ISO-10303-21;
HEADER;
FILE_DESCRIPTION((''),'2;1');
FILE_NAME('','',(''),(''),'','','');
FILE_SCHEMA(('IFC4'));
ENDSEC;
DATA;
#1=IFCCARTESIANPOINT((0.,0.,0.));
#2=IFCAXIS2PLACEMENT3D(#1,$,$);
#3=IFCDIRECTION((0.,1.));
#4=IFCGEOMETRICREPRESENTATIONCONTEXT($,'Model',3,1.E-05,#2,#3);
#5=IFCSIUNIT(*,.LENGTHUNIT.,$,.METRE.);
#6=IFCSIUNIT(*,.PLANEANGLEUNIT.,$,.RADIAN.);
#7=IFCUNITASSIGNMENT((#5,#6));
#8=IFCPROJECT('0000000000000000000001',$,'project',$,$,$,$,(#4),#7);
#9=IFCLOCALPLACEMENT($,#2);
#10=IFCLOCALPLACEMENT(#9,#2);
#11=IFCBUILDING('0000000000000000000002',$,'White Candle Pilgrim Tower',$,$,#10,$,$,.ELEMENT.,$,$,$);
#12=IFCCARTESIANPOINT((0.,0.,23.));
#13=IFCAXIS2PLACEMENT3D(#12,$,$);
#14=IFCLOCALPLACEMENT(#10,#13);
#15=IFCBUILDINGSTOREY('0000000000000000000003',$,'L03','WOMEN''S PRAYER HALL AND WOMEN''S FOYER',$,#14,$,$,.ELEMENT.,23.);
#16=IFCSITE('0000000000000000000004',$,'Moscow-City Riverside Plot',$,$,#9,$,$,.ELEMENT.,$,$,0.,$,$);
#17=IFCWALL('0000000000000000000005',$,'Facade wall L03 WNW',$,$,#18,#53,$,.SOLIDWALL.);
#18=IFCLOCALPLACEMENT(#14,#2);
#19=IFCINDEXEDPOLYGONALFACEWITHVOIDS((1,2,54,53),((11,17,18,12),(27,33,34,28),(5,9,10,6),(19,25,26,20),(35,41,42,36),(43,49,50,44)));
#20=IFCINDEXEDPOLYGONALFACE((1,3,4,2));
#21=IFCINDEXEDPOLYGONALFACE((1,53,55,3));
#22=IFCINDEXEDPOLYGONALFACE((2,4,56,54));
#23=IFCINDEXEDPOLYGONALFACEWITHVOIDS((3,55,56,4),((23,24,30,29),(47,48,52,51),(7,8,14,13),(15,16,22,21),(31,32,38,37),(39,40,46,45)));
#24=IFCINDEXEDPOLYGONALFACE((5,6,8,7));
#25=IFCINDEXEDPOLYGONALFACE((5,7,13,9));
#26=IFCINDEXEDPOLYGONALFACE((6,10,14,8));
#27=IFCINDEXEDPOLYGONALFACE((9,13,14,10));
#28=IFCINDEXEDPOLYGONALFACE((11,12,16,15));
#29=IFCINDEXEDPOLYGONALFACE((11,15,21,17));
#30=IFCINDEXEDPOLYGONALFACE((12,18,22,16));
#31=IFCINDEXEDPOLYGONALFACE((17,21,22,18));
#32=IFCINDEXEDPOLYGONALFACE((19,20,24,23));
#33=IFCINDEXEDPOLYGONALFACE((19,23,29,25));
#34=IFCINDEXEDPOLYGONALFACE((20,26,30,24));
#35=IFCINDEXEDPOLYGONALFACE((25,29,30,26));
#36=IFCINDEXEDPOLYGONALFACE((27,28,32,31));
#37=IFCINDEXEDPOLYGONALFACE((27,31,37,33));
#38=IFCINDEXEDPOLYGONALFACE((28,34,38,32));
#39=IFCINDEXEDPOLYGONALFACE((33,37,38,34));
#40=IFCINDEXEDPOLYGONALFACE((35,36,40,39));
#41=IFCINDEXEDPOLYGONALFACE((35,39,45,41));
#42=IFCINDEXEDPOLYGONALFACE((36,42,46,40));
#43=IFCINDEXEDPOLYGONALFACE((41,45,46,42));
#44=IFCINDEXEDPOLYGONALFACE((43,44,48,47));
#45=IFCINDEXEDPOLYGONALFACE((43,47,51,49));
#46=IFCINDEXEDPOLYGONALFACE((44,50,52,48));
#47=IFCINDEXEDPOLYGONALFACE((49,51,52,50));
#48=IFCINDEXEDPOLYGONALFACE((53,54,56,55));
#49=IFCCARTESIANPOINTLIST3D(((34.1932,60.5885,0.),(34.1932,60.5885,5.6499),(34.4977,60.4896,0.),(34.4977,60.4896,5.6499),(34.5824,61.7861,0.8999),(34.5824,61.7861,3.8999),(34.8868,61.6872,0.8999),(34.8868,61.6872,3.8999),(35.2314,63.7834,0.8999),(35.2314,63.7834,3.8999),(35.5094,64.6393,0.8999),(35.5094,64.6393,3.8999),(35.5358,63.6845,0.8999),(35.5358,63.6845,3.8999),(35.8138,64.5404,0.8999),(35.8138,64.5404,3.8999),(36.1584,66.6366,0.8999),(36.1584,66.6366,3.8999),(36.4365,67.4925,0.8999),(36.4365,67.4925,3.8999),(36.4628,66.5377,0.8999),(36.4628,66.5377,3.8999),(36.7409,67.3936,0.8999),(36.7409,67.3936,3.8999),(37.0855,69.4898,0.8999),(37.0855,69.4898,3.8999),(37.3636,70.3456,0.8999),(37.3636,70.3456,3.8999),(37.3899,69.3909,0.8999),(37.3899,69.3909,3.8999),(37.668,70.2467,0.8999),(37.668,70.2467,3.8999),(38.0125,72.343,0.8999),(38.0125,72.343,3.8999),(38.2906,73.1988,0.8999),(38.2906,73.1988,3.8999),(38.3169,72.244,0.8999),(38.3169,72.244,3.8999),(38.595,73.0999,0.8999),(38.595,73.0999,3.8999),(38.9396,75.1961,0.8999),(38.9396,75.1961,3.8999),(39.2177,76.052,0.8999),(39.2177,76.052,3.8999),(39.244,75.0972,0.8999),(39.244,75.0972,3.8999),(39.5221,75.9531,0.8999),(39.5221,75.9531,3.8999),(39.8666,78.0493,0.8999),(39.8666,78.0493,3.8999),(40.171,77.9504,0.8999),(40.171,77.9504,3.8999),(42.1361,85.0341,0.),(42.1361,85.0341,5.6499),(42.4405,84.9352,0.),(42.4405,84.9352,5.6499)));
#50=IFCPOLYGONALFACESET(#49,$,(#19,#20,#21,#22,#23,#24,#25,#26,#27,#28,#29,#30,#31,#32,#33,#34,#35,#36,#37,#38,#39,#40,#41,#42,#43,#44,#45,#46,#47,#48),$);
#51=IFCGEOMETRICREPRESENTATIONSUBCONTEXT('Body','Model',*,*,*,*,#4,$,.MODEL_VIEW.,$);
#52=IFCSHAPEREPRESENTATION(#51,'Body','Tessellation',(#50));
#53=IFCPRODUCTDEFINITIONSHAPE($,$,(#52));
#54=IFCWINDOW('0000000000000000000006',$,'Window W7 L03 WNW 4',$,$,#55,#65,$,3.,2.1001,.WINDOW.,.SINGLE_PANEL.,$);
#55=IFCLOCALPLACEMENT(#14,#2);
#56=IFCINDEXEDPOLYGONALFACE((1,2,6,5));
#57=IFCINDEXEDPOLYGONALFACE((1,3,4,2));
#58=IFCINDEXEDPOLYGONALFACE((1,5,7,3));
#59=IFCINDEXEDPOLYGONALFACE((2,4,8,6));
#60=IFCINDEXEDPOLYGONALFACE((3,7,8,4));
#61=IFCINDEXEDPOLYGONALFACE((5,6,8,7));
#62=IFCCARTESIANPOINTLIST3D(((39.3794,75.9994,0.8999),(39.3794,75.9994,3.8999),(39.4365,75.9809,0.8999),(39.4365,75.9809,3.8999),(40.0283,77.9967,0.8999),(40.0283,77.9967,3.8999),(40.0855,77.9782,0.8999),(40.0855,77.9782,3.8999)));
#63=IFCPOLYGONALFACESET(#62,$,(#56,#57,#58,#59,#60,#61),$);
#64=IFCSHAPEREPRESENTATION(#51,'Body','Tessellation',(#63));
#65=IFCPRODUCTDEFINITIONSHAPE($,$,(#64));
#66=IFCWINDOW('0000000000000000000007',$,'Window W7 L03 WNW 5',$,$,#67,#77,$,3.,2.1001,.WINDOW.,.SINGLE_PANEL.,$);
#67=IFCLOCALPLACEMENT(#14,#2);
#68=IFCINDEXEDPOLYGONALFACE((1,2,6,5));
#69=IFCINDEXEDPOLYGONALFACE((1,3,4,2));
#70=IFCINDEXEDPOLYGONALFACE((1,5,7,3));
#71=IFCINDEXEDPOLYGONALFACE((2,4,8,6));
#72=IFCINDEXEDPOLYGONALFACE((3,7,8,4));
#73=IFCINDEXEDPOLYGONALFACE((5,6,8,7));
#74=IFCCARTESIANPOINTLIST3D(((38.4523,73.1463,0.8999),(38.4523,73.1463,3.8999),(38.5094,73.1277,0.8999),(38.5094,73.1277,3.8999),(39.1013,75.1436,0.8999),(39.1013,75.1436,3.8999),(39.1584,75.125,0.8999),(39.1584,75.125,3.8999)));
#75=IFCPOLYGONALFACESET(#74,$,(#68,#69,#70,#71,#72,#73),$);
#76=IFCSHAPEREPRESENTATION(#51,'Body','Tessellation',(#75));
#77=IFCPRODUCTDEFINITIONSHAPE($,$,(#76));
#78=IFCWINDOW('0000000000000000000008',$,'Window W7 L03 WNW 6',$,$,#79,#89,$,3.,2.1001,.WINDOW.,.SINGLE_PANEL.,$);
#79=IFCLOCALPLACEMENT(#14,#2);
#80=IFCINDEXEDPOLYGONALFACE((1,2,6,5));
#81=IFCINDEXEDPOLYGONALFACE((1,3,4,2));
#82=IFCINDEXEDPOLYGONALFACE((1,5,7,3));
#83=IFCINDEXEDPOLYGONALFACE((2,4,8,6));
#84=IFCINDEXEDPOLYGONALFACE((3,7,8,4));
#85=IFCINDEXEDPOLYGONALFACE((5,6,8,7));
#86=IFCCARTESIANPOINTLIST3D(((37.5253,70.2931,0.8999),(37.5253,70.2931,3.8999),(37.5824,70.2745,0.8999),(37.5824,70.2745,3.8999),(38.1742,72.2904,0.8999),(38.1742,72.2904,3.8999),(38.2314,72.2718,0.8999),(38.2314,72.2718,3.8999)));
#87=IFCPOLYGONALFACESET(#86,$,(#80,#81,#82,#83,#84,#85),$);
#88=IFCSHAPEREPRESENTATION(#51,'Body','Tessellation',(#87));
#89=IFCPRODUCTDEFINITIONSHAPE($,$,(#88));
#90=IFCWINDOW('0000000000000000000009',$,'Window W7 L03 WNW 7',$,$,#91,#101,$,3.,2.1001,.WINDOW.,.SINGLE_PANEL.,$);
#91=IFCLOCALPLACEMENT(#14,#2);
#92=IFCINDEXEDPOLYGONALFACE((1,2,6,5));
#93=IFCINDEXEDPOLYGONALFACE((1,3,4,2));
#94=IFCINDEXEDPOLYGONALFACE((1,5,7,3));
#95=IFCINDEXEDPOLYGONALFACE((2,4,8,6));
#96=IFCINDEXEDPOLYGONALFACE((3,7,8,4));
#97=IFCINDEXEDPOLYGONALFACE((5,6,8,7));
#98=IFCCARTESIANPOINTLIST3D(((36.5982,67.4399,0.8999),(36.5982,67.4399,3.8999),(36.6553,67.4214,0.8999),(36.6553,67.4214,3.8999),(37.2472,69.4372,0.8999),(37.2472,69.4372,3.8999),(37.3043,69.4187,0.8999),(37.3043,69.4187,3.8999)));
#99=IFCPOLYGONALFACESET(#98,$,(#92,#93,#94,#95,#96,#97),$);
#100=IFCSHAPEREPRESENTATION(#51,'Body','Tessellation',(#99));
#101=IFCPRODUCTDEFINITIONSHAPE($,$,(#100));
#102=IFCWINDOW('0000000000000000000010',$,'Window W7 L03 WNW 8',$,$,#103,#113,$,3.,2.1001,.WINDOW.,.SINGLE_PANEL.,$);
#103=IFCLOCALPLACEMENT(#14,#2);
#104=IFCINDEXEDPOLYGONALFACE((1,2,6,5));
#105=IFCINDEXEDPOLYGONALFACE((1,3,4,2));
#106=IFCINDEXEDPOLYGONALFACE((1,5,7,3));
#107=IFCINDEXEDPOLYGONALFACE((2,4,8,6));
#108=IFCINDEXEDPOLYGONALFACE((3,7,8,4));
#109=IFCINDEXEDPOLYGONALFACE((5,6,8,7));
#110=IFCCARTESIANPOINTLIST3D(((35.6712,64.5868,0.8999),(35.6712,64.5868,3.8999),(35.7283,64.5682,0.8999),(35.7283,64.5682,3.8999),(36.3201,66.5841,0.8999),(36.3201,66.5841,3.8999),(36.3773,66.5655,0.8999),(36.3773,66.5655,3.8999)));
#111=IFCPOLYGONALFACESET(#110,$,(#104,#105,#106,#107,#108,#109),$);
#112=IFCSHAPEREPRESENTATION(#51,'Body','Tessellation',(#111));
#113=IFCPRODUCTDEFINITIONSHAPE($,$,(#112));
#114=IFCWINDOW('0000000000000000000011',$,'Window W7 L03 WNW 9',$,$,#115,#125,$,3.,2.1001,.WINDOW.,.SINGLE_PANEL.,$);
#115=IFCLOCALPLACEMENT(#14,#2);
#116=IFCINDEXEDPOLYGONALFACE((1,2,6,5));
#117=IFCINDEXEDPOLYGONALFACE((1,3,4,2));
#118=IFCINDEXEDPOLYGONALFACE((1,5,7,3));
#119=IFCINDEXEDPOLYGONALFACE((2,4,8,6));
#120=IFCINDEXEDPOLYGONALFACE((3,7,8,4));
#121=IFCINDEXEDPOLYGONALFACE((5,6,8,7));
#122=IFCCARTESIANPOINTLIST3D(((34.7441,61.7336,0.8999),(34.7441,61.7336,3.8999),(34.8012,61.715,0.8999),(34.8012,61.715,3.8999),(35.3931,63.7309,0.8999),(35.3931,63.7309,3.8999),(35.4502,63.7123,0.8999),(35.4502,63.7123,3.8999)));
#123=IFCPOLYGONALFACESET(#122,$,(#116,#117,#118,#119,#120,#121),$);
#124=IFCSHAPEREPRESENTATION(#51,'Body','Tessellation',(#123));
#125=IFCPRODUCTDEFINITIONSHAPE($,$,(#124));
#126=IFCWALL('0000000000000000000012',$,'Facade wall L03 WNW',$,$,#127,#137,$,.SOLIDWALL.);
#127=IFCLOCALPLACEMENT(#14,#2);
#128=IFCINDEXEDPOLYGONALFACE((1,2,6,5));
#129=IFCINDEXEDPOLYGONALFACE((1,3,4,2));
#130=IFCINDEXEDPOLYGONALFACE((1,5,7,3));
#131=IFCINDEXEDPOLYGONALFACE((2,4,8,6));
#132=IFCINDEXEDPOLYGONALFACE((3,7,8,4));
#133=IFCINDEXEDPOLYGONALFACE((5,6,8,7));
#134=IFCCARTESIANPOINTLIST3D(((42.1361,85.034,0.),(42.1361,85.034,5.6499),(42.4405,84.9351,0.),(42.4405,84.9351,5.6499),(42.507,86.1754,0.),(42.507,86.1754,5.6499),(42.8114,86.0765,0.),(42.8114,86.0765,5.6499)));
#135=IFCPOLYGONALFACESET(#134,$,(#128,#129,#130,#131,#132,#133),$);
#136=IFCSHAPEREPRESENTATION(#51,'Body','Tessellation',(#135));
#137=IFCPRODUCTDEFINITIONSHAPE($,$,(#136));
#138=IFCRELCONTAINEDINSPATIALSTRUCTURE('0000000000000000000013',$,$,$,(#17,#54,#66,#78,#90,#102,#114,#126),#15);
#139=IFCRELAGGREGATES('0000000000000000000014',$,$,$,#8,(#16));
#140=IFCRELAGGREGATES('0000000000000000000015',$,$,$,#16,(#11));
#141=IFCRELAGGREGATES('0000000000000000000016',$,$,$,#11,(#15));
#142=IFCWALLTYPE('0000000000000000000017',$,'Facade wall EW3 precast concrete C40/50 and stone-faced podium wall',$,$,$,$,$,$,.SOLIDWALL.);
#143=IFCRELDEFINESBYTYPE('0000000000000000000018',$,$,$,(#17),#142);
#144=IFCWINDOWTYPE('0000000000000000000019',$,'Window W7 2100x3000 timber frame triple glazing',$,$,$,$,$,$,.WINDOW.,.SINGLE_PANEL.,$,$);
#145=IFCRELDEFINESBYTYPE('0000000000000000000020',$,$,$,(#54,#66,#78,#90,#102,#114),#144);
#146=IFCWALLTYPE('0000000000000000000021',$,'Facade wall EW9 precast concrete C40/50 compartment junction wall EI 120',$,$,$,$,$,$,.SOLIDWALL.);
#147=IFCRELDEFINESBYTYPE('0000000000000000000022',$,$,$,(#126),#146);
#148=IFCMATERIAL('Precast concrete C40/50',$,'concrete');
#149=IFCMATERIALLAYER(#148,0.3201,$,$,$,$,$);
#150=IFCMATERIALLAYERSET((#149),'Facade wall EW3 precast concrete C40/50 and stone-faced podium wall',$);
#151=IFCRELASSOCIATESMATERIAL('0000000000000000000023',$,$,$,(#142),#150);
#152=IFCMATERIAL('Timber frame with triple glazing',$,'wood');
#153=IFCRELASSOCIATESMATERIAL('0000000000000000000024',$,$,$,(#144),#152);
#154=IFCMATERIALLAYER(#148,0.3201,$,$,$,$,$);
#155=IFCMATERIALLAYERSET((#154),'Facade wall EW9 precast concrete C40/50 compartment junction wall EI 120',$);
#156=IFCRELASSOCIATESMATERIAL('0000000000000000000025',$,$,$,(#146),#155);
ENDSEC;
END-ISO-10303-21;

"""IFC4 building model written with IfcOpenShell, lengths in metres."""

from ifc_helpers import new_model, si_unit, direction, frame, frame_2d, origin, place, context, subcontext, project, spatial, rectangle, extrude, material, layer, layer_set, type_object, element, fill, save


model = new_model("IFC4")

# Units and contexts
model_context = context("Model", 3, precision=1e-05, world=origin(), true_north=direction((0.0, 1.0)))
body_context = subcontext(model_context, "Body", "Model", "MODEL_VIEW")
ifc_project = project(units=[si_unit("LENGTHUNIT", "METRE"), si_unit("PLANEANGLEUNIT", "RADIAN")], contexts=[model_context])

# Site, building, storey
site_placement = place(None, origin())
site = spatial("IfcSite", under=ifc_project, at=site_placement, Name="Moscow-City Riverside Plot", CompositionType="ELEMENT", RefElevation=0.0)
building_placement = place(site_placement, origin())
building = spatial("IfcBuilding", under=site, at=building_placement, Name="White Candle Pilgrim Tower", CompositionType="ELEMENT")
storey_placement = place(building_placement, frame((0.0, 0.0, 23.0)))
storey = spatial("IfcBuildingStorey", under=building, at=storey_placement, Name="L03", Description="WOMEN'S PRAYER HALL AND WOMEN'S FOYER", CompositionType="ELEMENT", Elevation=23.0)

# Shared definitions
ifc_material_1 = material(Name="Precast concrete C40/50", Category="concrete")
ifc_layer_1 = layer(ifc_material_1, 0.3201)
ifc_layer_set_1 = layer_set([ifc_layer_1], Name="Facade wall EW3 precast concrete C40/50 and stone-faced podium wall")
wall_type_1 = type_object("IfcWallType", Name="Facade wall EW3 precast concrete C40/50 and stone-faced podium wall", PredefinedType="SOLIDWALL", material=ifc_layer_set_1)

# Wall, openings, windows
wall_1_placement = place(storey_placement, frame((42.2883, 84.9846, 0.0), z_axis=(0.0, 0.0, 1.0), x_axis=(-0.309018, -0.951056, 0.0)))
wall_1 = element("IfcWall", 1, at=wall_1_placement, inside=storey, type_object=wall_type_1, Name="Facade wall L03 WNW", PredefinedType="SOLIDWALL", context=body_context, shape_type="SweptSolid", body=[
    extrude(rectangle(XDim=25.7036, YDim=0.3201, at=frame_2d((12.8518, 0.0))), origin(), (0.0, 0.0, 1.0), 5.6499),
])
opening_1_placement = place(wall_1_placement, frame((7.3442, 0.0, 0.8999)))
opening_1 = element("IfcOpeningElement", 2, at=opening_1_placement, cuts=wall_1, PredefinedType="OPENING", context=body_context, shape_type="SweptSolid", body=[
    extrude(rectangle(XDim=2.1001, YDim=3.0, at=frame_2d((1.05, 1.5))), frame((0.0, 0.1699, 0.0), z_axis=(0.0, -1.0, 0.0), x_axis=(1.0, 0.0, 0.0)), (0.0, 0.0, 1.0), 0.3401),
])
opening_2_placement = place(wall_1_placement, frame((10.3442, 0.0, 0.8999)))
opening_2 = element("IfcOpeningElement", 3, at=opening_2_placement, cuts=wall_1, PredefinedType="OPENING", context=body_context, shape_type="SweptSolid", body=[
    extrude(rectangle(XDim=2.1001, YDim=3.0, at=frame_2d((1.05, 1.5))), frame((0.0, 0.1699, 0.0), z_axis=(0.0, -1.0, 0.0), x_axis=(1.0, 0.0, 0.0)), (0.0, 0.0, 1.0), 0.3401),
])
opening_3_placement = place(wall_1_placement, frame((13.3442, 0.0, 0.8999)))
opening_3 = element("IfcOpeningElement", 4, at=opening_3_placement, cuts=wall_1, PredefinedType="OPENING", context=body_context, shape_type="SweptSolid", body=[
    extrude(rectangle(XDim=2.1001, YDim=3.0, at=frame_2d((1.05, 1.5))), frame((0.0, 0.1699, 0.0), z_axis=(0.0, -1.0, 0.0), x_axis=(1.0, 0.0, 0.0)), (0.0, 0.0, 1.0), 0.3401),
])
opening_4_placement = place(wall_1_placement, frame((16.3442, 0.0, 0.8999)))
opening_4 = element("IfcOpeningElement", 5, at=opening_4_placement, cuts=wall_1, PredefinedType="OPENING", context=body_context, shape_type="SweptSolid", body=[
    extrude(rectangle(XDim=2.1001, YDim=3.0, at=frame_2d((1.05, 1.5))), frame((0.0, 0.1699, 0.0), z_axis=(0.0, -1.0, 0.0), x_axis=(1.0, 0.0, 0.0)), (0.0, 0.0, 1.0), 0.3401),
])
opening_5_placement = place(wall_1_placement, frame((19.3442, 0.0, 0.8999)))
opening_5 = element("IfcOpeningElement", 6, at=opening_5_placement, cuts=wall_1, PredefinedType="OPENING", context=body_context, shape_type="SweptSolid", body=[
    extrude(rectangle(XDim=2.1001, YDim=3.0, at=frame_2d((1.05, 1.5))), frame((0.0, 0.1699, 0.0), z_axis=(0.0, -1.0, 0.0), x_axis=(1.0, 0.0, 0.0)), (0.0, 0.0, 1.0), 0.3401),
])
opening_6_placement = place(wall_1_placement, frame((22.3442, 0.0, 0.8999)))
opening_6 = element("IfcOpeningElement", 7, at=opening_6_placement, cuts=wall_1, PredefinedType="OPENING", context=body_context, shape_type="SweptSolid", body=[
    extrude(rectangle(XDim=2.1001, YDim=3.0, at=frame_2d((1.05, 1.5))), frame((0.0, 0.1699, 0.0), z_axis=(0.0, -1.0, 0.0), x_axis=(1.0, 0.0, 0.0)), (0.0, 0.0, 1.0), 0.3401),
])
ifc_material_2 = material(Name="Timber frame with triple glazing", Category="wood")
window_type = type_object("IfcWindowType", Name="Window W7 2100x3000 timber frame triple glazing", PartitioningType="SINGLE_PANEL", PredefinedType="WINDOW", material=ifc_material_2)
window_1_placement = place(opening_1_placement, origin())
window_1 = element("IfcWindow", 8, at=window_1_placement, inside=storey, type_object=window_type, Name="Window W7 L03 WNW 4", OverallHeight=3.0, OverallWidth=2.1001, PartitioningType="SINGLE_PANEL", PredefinedType="WINDOW", context=body_context, shape_type="SweptSolid", body=[
    extrude(rectangle(XDim=2.1001, YDim=3.0, at=frame_2d((1.05, 1.5))), frame((0.0, 0.0701, 0.0), z_axis=(0.0, -1.0, 0.0), x_axis=(1.0, 0.0, 0.0)), (0.0, 0.0, 1.0), 0.0601),
])
fill(opening_1, window_1)
window_2_placement = place(opening_2_placement, origin())
window_2 = element("IfcWindow", 9, at=window_2_placement, inside=storey, type_object=window_type, Name="Window W7 L03 WNW 5", OverallHeight=3.0, OverallWidth=2.1001, PartitioningType="SINGLE_PANEL", PredefinedType="WINDOW", context=body_context, shape_type="SweptSolid", body=[
    extrude(rectangle(XDim=2.1001, YDim=3.0, at=frame_2d((1.05, 1.5))), frame((0.0, 0.0701, 0.0), z_axis=(0.0, -1.0, 0.0), x_axis=(1.0, 0.0, 0.0)), (0.0, 0.0, 1.0), 0.0601),
])
fill(opening_2, window_2)
window_3_placement = place(opening_3_placement, origin())
window_3 = element("IfcWindow", 10, at=window_3_placement, inside=storey, type_object=window_type, Name="Window W7 L03 WNW 6", OverallHeight=3.0, OverallWidth=2.1001, PartitioningType="SINGLE_PANEL", PredefinedType="WINDOW", context=body_context, shape_type="SweptSolid", body=[
    extrude(rectangle(XDim=2.1001, YDim=3.0, at=frame_2d((1.05, 1.5))), frame((0.0, 0.0701, 0.0), z_axis=(0.0, -1.0, 0.0), x_axis=(1.0, 0.0, 0.0)), (0.0, 0.0, 1.0), 0.0601),
])
fill(opening_3, window_3)
window_4_placement = place(opening_4_placement, origin())
window_4 = element("IfcWindow", 11, at=window_4_placement, inside=storey, type_object=window_type, Name="Window W7 L03 WNW 7", OverallHeight=3.0, OverallWidth=2.1001, PartitioningType="SINGLE_PANEL", PredefinedType="WINDOW", context=body_context, shape_type="SweptSolid", body=[
    extrude(rectangle(XDim=2.1001, YDim=3.0, at=frame_2d((1.05, 1.5))), frame((0.0, 0.0701, 0.0), z_axis=(0.0, -1.0, 0.0), x_axis=(1.0, 0.0, 0.0)), (0.0, 0.0, 1.0), 0.0601),
])
fill(opening_4, window_4)
window_5_placement = place(opening_5_placement, origin())
window_5 = element("IfcWindow", 12, at=window_5_placement, inside=storey, type_object=window_type, Name="Window W7 L03 WNW 8", OverallHeight=3.0, OverallWidth=2.1001, PartitioningType="SINGLE_PANEL", PredefinedType="WINDOW", context=body_context, shape_type="SweptSolid", body=[
    extrude(rectangle(XDim=2.1001, YDim=3.0, at=frame_2d((1.05, 1.5))), frame((0.0, 0.0701, 0.0), z_axis=(0.0, -1.0, 0.0), x_axis=(1.0, 0.0, 0.0)), (0.0, 0.0, 1.0), 0.0601),
])
fill(opening_5, window_5)
window_6_placement = place(opening_6_placement, origin())
window_6 = element("IfcWindow", 13, at=window_6_placement, inside=storey, type_object=window_type, Name="Window W7 L03 WNW 9", OverallHeight=3.0, OverallWidth=2.1001, PartitioningType="SINGLE_PANEL", PredefinedType="WINDOW", context=body_context, shape_type="SweptSolid", body=[
    extrude(rectangle(XDim=2.1001, YDim=3.0, at=frame_2d((1.05, 1.5))), frame((0.0, 0.0701, 0.0), z_axis=(0.0, -1.0, 0.0), x_axis=(1.0, 0.0, 0.0)), (0.0, 0.0, 1.0), 0.0601),
])
fill(opening_6, window_6)

# Wall
ifc_layer_2 = layer(ifc_material_1, 0.3201)
ifc_layer_set_2 = layer_set([ifc_layer_2], Name="Facade wall EW9 precast concrete C40/50 compartment junction wall EI 120")
wall_type_2 = type_object("IfcWallType", Name="Facade wall EW9 precast concrete C40/50 compartment junction wall EI 120", PredefinedType="SOLIDWALL", material=ifc_layer_set_2)
wall_2_placement = place(storey_placement, frame((42.6592, 86.126, 0.0), z_axis=(0.0, 0.0, 1.0), x_axis=(-0.309017, -0.951056, 0.0)))
element("IfcWall", 14, at=wall_2_placement, inside=storey, type_object=wall_type_2, Name="Facade wall L03 WNW", PredefinedType="SOLIDWALL", context=body_context, shape_type="SweptSolid", body=[
    extrude(rectangle(XDim=1.2002, YDim=0.3201, at=frame_2d((0.6001, 0.0))), origin(), (0.0, 0.0, 1.0), 5.6499),
])

save(model, "model.ifc")
